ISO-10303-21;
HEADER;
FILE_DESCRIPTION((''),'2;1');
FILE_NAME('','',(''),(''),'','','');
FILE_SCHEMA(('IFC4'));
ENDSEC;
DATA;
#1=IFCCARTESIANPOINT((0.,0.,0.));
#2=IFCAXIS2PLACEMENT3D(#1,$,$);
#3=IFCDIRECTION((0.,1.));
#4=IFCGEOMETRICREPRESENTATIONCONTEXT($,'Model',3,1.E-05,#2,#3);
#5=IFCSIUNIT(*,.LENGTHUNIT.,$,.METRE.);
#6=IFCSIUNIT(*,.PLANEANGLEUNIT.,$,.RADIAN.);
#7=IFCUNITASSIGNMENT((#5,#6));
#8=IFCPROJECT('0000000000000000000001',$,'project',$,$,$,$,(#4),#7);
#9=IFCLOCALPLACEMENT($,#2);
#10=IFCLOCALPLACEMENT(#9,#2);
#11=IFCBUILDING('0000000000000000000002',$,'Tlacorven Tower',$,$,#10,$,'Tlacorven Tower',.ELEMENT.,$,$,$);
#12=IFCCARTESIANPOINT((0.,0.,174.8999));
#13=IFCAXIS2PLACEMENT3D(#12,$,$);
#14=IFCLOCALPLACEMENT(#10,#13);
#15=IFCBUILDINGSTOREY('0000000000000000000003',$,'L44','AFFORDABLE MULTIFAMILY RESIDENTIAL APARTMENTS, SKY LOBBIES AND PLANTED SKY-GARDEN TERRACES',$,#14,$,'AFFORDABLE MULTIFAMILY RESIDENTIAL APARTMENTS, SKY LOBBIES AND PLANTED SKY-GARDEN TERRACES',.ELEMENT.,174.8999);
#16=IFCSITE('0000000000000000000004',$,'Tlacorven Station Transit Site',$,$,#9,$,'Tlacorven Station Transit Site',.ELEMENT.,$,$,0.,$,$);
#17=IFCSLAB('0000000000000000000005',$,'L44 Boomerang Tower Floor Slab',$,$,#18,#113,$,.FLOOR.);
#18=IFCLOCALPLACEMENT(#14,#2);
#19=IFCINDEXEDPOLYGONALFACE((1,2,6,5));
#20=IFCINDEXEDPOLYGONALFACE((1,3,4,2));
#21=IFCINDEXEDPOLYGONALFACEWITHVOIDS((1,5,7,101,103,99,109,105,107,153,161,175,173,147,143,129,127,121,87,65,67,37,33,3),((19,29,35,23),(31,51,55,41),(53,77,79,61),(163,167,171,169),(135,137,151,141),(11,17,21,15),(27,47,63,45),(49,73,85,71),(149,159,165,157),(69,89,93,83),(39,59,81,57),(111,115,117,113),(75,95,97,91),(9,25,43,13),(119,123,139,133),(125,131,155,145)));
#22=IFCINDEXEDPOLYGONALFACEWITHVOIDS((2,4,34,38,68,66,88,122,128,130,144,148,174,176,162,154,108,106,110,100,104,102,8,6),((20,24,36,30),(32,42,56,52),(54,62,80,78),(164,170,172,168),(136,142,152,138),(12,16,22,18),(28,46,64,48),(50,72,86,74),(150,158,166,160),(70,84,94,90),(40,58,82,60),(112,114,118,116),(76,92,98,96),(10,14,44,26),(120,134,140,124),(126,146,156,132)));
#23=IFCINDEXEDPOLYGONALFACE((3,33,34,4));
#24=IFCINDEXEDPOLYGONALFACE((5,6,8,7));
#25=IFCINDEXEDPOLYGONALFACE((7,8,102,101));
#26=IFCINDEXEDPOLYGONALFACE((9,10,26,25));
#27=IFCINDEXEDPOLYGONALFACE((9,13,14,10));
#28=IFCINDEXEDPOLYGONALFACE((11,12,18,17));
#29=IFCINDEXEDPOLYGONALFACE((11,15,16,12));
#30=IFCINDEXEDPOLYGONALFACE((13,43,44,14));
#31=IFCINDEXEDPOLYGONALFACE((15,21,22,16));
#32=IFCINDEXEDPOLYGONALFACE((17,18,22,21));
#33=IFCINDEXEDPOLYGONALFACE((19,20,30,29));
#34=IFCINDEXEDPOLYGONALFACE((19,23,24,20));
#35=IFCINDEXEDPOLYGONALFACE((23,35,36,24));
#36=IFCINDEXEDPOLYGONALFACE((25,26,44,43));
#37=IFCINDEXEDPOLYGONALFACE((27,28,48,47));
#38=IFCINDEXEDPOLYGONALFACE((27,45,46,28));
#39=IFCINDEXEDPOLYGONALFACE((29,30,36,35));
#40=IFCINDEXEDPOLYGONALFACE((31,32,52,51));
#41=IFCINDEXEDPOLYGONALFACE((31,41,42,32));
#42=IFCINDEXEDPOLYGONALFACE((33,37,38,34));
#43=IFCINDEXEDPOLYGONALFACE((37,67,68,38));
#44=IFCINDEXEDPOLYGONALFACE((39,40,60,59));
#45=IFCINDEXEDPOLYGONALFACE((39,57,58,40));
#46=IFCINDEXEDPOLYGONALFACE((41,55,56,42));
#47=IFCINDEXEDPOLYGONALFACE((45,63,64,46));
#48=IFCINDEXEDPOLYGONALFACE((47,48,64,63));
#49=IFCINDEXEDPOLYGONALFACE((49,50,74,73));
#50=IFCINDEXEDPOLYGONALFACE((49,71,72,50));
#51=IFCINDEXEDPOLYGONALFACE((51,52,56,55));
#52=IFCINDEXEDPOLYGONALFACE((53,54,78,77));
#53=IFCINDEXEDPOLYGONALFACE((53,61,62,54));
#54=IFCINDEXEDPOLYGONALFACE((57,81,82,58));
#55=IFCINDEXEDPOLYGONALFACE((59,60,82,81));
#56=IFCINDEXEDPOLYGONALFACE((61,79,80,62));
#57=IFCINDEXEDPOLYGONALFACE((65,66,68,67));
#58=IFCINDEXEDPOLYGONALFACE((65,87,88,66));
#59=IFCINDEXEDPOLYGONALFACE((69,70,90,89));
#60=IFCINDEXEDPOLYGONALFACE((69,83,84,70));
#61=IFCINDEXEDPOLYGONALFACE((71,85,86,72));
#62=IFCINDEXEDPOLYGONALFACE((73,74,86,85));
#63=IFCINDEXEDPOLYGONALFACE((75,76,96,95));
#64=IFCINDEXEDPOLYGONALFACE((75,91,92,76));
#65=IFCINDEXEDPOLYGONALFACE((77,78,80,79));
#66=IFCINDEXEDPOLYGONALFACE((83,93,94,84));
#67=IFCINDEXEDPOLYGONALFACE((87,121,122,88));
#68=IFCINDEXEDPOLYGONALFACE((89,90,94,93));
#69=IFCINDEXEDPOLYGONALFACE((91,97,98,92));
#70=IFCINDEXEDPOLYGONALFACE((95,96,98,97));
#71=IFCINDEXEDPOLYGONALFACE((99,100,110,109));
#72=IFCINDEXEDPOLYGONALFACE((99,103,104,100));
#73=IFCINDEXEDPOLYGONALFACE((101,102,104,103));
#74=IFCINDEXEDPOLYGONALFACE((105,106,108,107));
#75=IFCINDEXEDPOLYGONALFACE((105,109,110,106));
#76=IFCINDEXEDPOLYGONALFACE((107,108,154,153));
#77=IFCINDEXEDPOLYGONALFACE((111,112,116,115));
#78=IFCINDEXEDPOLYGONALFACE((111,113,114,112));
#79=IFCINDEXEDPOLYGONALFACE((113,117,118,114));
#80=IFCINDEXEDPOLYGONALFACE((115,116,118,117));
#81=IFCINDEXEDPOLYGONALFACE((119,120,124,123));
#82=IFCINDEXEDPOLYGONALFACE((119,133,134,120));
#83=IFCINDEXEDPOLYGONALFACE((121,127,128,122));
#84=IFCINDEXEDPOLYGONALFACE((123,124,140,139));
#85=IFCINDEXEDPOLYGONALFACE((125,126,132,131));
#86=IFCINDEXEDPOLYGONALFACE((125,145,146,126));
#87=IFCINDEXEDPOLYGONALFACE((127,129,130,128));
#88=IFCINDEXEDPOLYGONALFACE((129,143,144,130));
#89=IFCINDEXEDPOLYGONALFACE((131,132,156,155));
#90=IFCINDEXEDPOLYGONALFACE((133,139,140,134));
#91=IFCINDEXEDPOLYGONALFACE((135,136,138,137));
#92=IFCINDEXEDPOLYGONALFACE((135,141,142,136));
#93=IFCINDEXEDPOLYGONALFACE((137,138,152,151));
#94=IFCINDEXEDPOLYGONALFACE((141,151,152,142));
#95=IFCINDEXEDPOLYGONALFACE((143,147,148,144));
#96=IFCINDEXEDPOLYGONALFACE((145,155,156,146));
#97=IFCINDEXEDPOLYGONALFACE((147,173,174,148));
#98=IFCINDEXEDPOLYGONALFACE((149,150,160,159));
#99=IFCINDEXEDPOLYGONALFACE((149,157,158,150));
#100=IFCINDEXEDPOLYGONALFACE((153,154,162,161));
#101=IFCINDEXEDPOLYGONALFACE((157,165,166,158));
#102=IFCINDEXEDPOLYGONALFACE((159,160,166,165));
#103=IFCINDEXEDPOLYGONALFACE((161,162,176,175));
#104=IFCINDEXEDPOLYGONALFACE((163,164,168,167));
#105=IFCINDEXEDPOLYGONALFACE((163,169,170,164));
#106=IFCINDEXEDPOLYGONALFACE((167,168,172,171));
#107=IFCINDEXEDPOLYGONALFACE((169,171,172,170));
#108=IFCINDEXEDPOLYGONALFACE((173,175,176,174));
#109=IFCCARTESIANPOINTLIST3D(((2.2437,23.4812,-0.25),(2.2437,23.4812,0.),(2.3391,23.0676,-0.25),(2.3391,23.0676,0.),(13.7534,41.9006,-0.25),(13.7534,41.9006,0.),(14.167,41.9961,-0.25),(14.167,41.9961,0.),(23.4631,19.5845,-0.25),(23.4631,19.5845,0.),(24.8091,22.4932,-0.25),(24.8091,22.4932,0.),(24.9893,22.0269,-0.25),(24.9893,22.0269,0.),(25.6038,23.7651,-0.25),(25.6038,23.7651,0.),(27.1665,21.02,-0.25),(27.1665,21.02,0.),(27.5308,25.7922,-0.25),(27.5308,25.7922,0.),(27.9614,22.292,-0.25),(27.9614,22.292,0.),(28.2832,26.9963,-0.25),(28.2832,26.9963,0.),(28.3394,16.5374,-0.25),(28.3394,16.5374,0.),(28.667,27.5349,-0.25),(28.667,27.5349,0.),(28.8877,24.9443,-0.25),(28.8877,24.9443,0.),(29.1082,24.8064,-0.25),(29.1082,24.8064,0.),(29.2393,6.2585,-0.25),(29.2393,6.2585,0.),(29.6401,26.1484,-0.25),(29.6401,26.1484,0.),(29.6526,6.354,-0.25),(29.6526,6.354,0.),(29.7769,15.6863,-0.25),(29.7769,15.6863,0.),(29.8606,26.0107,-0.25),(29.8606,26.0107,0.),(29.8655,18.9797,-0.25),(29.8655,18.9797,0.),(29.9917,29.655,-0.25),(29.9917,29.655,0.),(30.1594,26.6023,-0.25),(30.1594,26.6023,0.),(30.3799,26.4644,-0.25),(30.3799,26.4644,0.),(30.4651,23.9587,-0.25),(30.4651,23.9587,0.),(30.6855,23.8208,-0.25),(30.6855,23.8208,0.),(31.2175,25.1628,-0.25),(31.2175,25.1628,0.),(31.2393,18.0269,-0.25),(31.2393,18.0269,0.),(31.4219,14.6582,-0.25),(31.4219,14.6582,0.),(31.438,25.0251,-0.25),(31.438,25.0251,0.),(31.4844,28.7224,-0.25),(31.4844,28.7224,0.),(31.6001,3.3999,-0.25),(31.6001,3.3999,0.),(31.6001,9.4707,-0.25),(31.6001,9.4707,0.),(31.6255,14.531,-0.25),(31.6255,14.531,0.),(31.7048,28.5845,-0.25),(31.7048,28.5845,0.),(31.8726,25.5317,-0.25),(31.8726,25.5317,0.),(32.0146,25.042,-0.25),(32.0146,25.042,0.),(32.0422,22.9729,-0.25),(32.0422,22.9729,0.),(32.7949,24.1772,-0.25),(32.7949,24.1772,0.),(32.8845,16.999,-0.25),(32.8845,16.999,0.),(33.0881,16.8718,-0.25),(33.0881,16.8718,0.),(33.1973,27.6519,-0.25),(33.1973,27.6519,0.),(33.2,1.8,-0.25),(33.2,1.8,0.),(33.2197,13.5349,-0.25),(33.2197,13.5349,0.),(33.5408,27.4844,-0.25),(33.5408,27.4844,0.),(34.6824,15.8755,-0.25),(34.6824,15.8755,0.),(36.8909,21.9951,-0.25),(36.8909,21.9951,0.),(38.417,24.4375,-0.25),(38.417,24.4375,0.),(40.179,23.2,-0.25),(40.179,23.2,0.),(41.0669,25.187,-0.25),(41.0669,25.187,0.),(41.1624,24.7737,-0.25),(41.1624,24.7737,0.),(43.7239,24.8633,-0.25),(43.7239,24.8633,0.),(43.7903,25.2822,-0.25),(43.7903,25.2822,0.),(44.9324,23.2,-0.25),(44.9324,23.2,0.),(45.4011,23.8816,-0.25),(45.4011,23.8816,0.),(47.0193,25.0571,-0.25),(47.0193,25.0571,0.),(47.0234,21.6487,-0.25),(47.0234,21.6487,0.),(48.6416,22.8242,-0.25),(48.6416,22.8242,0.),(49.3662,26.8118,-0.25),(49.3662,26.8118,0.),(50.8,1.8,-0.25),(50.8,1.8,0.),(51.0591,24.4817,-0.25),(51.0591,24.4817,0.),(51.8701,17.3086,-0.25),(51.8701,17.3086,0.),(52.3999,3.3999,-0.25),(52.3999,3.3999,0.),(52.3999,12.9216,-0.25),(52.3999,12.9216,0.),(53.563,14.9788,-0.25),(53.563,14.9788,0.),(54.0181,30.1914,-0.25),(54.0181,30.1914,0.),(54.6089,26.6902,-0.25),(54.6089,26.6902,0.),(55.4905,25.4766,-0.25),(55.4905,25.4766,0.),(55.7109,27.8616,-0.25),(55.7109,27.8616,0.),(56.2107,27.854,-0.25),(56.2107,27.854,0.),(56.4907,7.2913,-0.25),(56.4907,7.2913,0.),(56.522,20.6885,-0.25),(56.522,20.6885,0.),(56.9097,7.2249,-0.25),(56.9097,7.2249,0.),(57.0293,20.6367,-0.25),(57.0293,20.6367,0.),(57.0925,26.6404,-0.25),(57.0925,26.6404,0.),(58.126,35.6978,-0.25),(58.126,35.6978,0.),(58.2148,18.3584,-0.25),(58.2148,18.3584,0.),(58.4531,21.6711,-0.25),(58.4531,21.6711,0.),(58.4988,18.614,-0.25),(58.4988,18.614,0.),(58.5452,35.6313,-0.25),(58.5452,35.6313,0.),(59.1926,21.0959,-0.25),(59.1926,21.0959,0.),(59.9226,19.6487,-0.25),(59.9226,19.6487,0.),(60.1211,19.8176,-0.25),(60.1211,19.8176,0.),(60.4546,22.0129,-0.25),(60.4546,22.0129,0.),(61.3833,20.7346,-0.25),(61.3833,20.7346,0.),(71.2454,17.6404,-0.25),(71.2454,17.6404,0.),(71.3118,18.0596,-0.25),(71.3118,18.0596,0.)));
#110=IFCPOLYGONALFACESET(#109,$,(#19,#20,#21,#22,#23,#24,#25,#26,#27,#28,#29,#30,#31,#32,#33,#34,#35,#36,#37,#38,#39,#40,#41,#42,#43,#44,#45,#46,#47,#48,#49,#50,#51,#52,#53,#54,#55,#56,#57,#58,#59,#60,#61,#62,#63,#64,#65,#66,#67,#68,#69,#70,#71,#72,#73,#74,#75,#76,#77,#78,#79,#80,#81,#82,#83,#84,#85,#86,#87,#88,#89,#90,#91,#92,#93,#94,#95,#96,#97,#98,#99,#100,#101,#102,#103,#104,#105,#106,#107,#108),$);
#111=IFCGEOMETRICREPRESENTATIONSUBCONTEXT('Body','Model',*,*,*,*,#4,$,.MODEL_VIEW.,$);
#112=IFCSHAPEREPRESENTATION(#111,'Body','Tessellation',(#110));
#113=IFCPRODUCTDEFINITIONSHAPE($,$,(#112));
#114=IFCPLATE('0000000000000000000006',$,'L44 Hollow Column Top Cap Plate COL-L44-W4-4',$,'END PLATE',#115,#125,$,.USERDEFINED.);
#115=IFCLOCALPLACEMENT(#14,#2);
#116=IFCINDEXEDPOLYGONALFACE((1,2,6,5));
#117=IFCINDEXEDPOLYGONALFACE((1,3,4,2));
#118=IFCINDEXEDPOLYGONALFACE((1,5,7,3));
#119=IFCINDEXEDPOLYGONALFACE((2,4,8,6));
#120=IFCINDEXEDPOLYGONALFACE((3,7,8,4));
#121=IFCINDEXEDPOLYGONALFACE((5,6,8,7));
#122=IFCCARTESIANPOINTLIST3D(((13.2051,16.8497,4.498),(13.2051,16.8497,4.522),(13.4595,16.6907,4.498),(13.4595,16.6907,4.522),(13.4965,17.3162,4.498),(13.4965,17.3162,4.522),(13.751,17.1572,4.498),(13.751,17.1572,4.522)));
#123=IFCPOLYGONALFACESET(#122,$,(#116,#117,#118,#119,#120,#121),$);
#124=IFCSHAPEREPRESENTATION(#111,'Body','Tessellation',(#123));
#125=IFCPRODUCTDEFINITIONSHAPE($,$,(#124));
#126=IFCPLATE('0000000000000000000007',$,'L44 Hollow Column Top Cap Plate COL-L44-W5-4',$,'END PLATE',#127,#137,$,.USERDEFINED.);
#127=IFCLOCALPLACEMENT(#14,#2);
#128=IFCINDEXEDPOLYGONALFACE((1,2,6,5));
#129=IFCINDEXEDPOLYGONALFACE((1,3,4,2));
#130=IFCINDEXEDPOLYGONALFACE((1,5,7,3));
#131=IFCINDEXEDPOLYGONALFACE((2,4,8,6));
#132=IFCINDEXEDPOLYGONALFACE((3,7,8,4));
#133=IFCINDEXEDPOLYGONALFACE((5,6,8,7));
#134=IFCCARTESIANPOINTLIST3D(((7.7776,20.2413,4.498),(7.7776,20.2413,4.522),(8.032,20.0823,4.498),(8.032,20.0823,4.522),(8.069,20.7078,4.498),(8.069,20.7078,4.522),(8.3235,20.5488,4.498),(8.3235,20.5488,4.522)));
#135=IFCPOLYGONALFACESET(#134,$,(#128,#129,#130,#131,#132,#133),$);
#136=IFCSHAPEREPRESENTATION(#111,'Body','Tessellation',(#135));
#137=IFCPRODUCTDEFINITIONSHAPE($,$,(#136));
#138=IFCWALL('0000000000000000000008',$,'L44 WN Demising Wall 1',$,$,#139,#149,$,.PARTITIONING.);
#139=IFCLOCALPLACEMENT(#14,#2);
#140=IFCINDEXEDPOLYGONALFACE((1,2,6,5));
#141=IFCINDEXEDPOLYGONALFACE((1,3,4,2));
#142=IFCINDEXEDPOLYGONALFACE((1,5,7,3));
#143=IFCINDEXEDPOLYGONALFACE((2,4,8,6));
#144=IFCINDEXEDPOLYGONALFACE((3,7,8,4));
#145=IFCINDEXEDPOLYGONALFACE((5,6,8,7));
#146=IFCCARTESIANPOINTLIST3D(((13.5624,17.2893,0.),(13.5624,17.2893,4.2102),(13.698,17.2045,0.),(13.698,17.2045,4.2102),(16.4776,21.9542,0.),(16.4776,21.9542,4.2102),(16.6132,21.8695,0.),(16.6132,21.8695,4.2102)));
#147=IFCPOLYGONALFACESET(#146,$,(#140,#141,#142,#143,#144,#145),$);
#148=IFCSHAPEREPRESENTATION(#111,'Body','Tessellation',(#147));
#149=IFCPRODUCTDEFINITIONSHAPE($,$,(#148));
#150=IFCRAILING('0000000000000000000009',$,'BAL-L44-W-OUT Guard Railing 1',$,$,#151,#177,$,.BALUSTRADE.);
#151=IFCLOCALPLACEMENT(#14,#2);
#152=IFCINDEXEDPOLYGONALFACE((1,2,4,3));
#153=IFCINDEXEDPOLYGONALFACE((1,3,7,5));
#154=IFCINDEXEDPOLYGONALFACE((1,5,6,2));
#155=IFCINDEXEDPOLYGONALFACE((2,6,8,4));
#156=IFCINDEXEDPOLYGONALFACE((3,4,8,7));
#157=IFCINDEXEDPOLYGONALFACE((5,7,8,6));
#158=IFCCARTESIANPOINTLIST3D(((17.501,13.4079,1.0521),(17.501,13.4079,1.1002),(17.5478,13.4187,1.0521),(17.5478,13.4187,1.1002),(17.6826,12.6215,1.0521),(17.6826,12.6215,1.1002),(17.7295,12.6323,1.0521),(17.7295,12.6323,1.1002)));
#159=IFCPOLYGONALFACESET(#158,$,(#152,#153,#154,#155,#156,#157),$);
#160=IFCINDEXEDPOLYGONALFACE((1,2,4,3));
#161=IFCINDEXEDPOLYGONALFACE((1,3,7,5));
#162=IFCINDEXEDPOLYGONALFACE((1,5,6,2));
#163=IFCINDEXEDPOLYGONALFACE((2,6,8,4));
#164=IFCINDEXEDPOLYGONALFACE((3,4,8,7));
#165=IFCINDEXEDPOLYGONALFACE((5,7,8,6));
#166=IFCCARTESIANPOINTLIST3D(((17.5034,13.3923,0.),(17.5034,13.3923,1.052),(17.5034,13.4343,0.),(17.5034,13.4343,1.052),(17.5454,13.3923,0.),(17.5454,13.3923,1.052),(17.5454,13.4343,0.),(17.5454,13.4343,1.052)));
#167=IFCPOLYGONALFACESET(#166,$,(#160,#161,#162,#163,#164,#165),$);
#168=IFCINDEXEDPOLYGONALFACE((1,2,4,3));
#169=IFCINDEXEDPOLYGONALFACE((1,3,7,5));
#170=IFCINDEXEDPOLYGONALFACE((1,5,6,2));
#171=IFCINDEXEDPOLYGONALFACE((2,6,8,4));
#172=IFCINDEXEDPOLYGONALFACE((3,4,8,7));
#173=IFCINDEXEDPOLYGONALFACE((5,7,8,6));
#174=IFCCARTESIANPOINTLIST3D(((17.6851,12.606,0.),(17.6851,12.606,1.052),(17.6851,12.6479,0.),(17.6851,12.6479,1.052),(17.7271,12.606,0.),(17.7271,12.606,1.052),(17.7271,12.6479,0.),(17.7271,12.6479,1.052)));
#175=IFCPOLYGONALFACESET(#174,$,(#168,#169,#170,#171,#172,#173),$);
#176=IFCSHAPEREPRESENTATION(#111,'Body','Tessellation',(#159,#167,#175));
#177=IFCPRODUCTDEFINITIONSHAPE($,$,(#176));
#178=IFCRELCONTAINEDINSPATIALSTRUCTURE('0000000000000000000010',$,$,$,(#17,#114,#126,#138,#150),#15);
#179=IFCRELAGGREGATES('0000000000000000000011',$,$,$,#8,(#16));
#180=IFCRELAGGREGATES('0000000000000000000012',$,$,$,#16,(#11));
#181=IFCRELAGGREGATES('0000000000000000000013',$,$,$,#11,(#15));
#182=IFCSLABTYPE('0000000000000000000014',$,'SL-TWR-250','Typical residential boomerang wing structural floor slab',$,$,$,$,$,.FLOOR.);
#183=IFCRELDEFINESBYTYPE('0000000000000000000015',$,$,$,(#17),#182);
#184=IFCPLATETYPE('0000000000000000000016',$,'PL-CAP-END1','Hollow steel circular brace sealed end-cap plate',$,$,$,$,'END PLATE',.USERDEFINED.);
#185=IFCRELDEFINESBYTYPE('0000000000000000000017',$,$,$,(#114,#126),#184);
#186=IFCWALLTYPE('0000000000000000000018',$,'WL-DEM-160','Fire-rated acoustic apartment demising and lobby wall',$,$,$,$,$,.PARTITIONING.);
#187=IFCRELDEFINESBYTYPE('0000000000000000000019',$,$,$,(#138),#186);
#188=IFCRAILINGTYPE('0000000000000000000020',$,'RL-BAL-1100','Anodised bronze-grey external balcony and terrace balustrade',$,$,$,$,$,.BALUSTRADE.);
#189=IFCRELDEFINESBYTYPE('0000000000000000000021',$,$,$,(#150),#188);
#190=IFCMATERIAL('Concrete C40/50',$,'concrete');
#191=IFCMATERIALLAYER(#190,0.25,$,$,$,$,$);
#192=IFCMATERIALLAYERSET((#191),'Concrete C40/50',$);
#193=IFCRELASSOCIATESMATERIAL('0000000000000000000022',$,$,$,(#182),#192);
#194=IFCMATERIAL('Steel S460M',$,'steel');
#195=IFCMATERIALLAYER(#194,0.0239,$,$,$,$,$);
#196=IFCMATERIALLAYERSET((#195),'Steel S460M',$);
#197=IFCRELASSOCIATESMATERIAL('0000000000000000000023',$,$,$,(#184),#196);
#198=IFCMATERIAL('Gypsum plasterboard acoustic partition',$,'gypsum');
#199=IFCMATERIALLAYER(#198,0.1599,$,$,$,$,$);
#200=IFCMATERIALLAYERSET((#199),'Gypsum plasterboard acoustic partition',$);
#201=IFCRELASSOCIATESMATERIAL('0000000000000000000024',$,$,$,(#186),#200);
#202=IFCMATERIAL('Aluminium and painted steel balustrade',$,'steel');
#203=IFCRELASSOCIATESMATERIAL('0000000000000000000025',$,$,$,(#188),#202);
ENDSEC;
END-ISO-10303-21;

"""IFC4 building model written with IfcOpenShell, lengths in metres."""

from ifc_helpers import new_model, si_unit, direction, frame, frame_2d, origin, origin_2d, place, context, subcontext, project, spatial, polyline, rectangle, outline, extrude, source, transform, mapped, material, layer, layer_set, type_object, element, save


model = new_model("IFC4")

# Units and contexts
model_context = context("Model", 3, precision=1e-05, world=origin(), true_north=direction((0.0, 1.0)))
body_context = subcontext(model_context, "Body", "Model", "MODEL_VIEW")
ifc_project = project(units=[si_unit("LENGTHUNIT", "METRE"), si_unit("PLANEANGLEUNIT", "RADIAN")], contexts=[model_context])

# Site, building, storey
site_placement = place(None, origin())
site = spatial("IfcSite", under=ifc_project, at=site_placement, Name="Tlacorven Station Transit Site", LongName="Tlacorven Station Transit Site", CompositionType="ELEMENT", RefElevation=0.0)
building_placement = place(site_placement, origin())
building = spatial("IfcBuilding", under=site, at=building_placement, Name="Tlacorven Tower", LongName="Tlacorven Tower", CompositionType="ELEMENT")
storey_placement = place(building_placement, frame((0.0, 0.0, 174.8999)))
storey = spatial("IfcBuildingStorey", under=building, at=storey_placement, Name="L44", Description="AFFORDABLE MULTIFAMILY RESIDENTIAL APARTMENTS, SKY LOBBIES AND PLANTED SKY-GARDEN TERRACES", LongName="AFFORDABLE MULTIFAMILY RESIDENTIAL APARTMENTS, SKY LOBBIES AND PLANTED SKY-GARDEN TERRACES", CompositionType="ELEMENT", Elevation=174.8999)

# Shared definitions
ifc_material_1 = material(Name="Steel S460M", Category="steel")

# Shared definitions
ifc_material_2 = material(Name="Concrete C40/50", Category="concrete")

# Slab
ifc_layer_1 = layer(ifc_material_2, 0.25)
ifc_layer_set_1 = layer_set([ifc_layer_1], Name="Concrete C40/50")
slab_type_1 = type_object("IfcSlabType", Name="SL-TWR-250", Description="Typical residential boomerang wing structural floor slab", PredefinedType="FLOOR", material=ifc_layer_set_1)
slab_1_placement = place(storey_placement, frame((0.0, 0.0, -0.25)))
element("IfcSlab", 1, at=slab_1_placement, inside=storey, type_object=slab_type_1, Name="L44 Boomerang Tower Floor Slab", PredefinedType="FLOOR", context=body_context, shape_type="SweptSolid", body=[
    extrude(outline(polyline([(52.3999, 3.3999), (50.8, 1.8), (33.2, 1.8), (31.6001, 3.3999), (31.6001, 9.4707), (29.6526, 6.354), (29.2393, 6.2585), (2.3391, 23.0676), (2.2437, 23.4812), (13.7534, 41.9006), (14.167, 41.9961), (41.0669, 25.187), (41.1624, 24.7737), (40.179, 23.2), (44.9324, 23.2), (43.7239, 24.8633), (43.7903, 25.2822), (58.126, 35.6978), (58.5452, 35.6313), (71.3118, 18.0596), (71.2454, 17.6404), (56.9097, 7.2249), (56.4907, 7.2913), (52.3999, 12.9216), (52.3999, 3.3999)]), holes=[polyline([(29.8655, 18.9797), (24.9893, 22.0269), (23.4631, 19.5845), (28.3394, 16.5374), (29.8655, 18.9797)]), polyline([(38.417, 24.4375), (33.5408, 27.4844), (32.0146, 25.042), (36.8909, 21.9951), (38.417, 24.4375)]), polyline([(51.0591, 24.4817), (55.7109, 27.8616), (54.0181, 30.1914), (49.3662, 26.8118), (51.0591, 24.4817)]), polyline([(53.563, 14.9788), (58.2148, 18.3584), (56.522, 20.6885), (51.8701, 17.3086), (53.563, 14.9788)]), polyline([(34.6824, 15.8755), (33.0881, 16.8718), (31.6255, 14.531), (33.2197, 13.5349), (34.6824, 15.8755)]), polyline([(32.8845, 16.999), (31.2393, 18.0269), (29.7769, 15.6863), (31.4219, 14.6582), (32.8845, 16.999)]), polyline([(47.0234, 21.6487), (48.6416, 22.8242), (47.0193, 25.0571), (45.4011, 23.8816), (47.0234, 21.6487)]), polyline([(33.1973, 27.6519), (31.7048, 28.5845), (30.3799, 26.4644), (31.8726, 25.5317), (33.1973, 27.6519)]), polyline([(31.4844, 28.7224), (29.9917, 29.655), (28.667, 27.5349), (30.1594, 26.6023), (31.4844, 28.7224)]), polyline([(32.7949, 24.1772), (31.438, 25.0251), (30.6855, 23.8208), (32.0422, 22.9729), (32.7949, 24.1772)]), polyline([(31.2175, 25.1628), (29.8606, 26.0107), (29.1082, 24.8064), (30.4651, 23.9587), (31.2175, 25.1628)]), polyline([(29.6401, 26.1484), (28.2832, 26.9963), (27.5308, 25.7922), (28.8877, 24.9443), (29.6401, 26.1484)]), polyline([(58.4988, 18.614), (59.9226, 19.6487), (58.4531, 21.6711), (57.0293, 20.6367), (58.4988, 18.614)]), polyline([(27.9614, 22.292), (25.6038, 23.7651), (24.8091, 22.4932), (27.1665, 21.02), (27.9614, 22.292)]), polyline([(55.4905, 25.4766), (57.0925, 26.6404), (56.2107, 27.854), (54.6089, 26.6902), (55.4905, 25.4766)]), polyline([(60.1211, 19.8176), (61.3833, 20.7346), (60.4546, 22.0129), (59.1926, 21.0959), (60.1211, 19.8176)])]), origin(), (0.0, 0.0, 1.0), 0.25),
])

# Plates
ifc_layer_2 = layer(ifc_material_1, 0.0239)
ifc_layer_set_2 = layer_set([ifc_layer_2], Name="Steel S460M")
plate_type = type_object("IfcPlateType", Name="PL-CAP-END1", Description="Hollow steel circular brace sealed end-cap plate", ElementType="END PLATE", PredefinedType="USERDEFINED", material=ifc_layer_set_2)
shared_shape_1 = source(origin(), body_context, "Body", "SweptSolid", [
    extrude(rectangle(XDim=0.3, YDim=0.55, at=origin_2d()), origin(), (0.0, 0.0, 1.0), 0.0239),
])
for number, where, z_axis, x_axis, name in (
    (2, (13.478, 17.0034, 4.498), (0.0, 0.0, 1.0), (-0.848048, 0.529919, 0.0), "L44 Hollow Column Top Cap Plate COL-L44-W4-4"),
    (3, (8.0505, 20.395, 4.498), (0.0, 0.0, 1.0), (-0.848048, 0.529919, 0.0), "L44 Hollow Column Top Cap Plate COL-L44-W5-4"),
):
    element("IfcPlate", number, at=place(storey_placement, frame(where, z_axis=z_axis, x_axis=x_axis)), inside=storey, type_object=plate_type, Name=name, ObjectType="END PLATE", PredefinedType="USERDEFINED", context=body_context, shape_type="MappedRepresentation", body=[
        mapped(shared_shape_1, transform((0.0, 0.0, 0.0), scale=1.0)),
    ])

# Wall
ifc_material_3 = material(Name="Gypsum plasterboard acoustic partition", Category="gypsum")
ifc_layer_3 = layer(ifc_material_3, 0.1599)
ifc_layer_set_3 = layer_set([ifc_layer_3], Name="Gypsum plasterboard acoustic partition")
wall_type = type_object("IfcWallType", Name="WL-DEM-160", Description="Fire-rated acoustic apartment demising and lobby wall", PredefinedType="PARTITIONING", material=ifc_layer_set_3)
wall_placement = place(storey_placement, frame((16.5454, 21.9119, 0.0), z_axis=(0.0, 0.0, 1.0), x_axis=(-0.529951, -0.848028, 0.0)))
element("IfcWall", 4, at=wall_placement, inside=storey, type_object=wall_type, Name="L44 WN Demising Wall 1", PredefinedType="PARTITIONING", context=body_context, shape_type="SweptSolid", body=[
    extrude(rectangle(XDim=5.501, YDim=0.1599, at=frame_2d((2.7505, 0.0))), origin(), (0.0, 0.0, 1.0), 4.2102),
])

# Railing
ifc_material_4 = material(Name="Aluminium and painted steel balustrade", Category="steel")
railing_type = type_object("IfcRailingType", Name="RL-BAL-1100", Description="Anodised bronze-grey external balcony and terrace balustrade", PredefinedType="BALUSTRADE", material=ifc_material_4)
shared_shape_2 = source(origin(), body_context, "Body", "SweptSolid", [
    extrude(rectangle(XDim=0.0481, YDim=0.0481, at=origin_2d()), frame((0.0, 0.0, 1.0762), z_axis=(0.225058, -0.974345, 0.0), x_axis=(0.974345, 0.225058, 0.0)), (0.0, 0.0, 1.0), 0.8071),
    extrude(rectangle(XDim=0.042, YDim=0.042, at=origin_2d()), origin(), (0.0, 0.0, 1.0), 1.052),
    extrude(rectangle(XDim=0.042, YDim=0.042, at=origin_2d()), frame((0.1816, -0.7864, 0.0)), (0.0, 0.0, 1.0), 1.052),
])
railing_1_placement = place(storey_placement, frame((17.5244, 13.4133, 0.0)))
element("IfcRailing", 5, at=railing_1_placement, inside=storey, type_object=railing_type, Name="BAL-L44-W-OUT Guard Railing 1", PredefinedType="BALUSTRADE", context=body_context, shape_type="MappedRepresentation", body=[
    mapped(shared_shape_2, transform((0.0, 0.0, 0.0), scale=1.0)),
])

save(model, "model.ifc")
